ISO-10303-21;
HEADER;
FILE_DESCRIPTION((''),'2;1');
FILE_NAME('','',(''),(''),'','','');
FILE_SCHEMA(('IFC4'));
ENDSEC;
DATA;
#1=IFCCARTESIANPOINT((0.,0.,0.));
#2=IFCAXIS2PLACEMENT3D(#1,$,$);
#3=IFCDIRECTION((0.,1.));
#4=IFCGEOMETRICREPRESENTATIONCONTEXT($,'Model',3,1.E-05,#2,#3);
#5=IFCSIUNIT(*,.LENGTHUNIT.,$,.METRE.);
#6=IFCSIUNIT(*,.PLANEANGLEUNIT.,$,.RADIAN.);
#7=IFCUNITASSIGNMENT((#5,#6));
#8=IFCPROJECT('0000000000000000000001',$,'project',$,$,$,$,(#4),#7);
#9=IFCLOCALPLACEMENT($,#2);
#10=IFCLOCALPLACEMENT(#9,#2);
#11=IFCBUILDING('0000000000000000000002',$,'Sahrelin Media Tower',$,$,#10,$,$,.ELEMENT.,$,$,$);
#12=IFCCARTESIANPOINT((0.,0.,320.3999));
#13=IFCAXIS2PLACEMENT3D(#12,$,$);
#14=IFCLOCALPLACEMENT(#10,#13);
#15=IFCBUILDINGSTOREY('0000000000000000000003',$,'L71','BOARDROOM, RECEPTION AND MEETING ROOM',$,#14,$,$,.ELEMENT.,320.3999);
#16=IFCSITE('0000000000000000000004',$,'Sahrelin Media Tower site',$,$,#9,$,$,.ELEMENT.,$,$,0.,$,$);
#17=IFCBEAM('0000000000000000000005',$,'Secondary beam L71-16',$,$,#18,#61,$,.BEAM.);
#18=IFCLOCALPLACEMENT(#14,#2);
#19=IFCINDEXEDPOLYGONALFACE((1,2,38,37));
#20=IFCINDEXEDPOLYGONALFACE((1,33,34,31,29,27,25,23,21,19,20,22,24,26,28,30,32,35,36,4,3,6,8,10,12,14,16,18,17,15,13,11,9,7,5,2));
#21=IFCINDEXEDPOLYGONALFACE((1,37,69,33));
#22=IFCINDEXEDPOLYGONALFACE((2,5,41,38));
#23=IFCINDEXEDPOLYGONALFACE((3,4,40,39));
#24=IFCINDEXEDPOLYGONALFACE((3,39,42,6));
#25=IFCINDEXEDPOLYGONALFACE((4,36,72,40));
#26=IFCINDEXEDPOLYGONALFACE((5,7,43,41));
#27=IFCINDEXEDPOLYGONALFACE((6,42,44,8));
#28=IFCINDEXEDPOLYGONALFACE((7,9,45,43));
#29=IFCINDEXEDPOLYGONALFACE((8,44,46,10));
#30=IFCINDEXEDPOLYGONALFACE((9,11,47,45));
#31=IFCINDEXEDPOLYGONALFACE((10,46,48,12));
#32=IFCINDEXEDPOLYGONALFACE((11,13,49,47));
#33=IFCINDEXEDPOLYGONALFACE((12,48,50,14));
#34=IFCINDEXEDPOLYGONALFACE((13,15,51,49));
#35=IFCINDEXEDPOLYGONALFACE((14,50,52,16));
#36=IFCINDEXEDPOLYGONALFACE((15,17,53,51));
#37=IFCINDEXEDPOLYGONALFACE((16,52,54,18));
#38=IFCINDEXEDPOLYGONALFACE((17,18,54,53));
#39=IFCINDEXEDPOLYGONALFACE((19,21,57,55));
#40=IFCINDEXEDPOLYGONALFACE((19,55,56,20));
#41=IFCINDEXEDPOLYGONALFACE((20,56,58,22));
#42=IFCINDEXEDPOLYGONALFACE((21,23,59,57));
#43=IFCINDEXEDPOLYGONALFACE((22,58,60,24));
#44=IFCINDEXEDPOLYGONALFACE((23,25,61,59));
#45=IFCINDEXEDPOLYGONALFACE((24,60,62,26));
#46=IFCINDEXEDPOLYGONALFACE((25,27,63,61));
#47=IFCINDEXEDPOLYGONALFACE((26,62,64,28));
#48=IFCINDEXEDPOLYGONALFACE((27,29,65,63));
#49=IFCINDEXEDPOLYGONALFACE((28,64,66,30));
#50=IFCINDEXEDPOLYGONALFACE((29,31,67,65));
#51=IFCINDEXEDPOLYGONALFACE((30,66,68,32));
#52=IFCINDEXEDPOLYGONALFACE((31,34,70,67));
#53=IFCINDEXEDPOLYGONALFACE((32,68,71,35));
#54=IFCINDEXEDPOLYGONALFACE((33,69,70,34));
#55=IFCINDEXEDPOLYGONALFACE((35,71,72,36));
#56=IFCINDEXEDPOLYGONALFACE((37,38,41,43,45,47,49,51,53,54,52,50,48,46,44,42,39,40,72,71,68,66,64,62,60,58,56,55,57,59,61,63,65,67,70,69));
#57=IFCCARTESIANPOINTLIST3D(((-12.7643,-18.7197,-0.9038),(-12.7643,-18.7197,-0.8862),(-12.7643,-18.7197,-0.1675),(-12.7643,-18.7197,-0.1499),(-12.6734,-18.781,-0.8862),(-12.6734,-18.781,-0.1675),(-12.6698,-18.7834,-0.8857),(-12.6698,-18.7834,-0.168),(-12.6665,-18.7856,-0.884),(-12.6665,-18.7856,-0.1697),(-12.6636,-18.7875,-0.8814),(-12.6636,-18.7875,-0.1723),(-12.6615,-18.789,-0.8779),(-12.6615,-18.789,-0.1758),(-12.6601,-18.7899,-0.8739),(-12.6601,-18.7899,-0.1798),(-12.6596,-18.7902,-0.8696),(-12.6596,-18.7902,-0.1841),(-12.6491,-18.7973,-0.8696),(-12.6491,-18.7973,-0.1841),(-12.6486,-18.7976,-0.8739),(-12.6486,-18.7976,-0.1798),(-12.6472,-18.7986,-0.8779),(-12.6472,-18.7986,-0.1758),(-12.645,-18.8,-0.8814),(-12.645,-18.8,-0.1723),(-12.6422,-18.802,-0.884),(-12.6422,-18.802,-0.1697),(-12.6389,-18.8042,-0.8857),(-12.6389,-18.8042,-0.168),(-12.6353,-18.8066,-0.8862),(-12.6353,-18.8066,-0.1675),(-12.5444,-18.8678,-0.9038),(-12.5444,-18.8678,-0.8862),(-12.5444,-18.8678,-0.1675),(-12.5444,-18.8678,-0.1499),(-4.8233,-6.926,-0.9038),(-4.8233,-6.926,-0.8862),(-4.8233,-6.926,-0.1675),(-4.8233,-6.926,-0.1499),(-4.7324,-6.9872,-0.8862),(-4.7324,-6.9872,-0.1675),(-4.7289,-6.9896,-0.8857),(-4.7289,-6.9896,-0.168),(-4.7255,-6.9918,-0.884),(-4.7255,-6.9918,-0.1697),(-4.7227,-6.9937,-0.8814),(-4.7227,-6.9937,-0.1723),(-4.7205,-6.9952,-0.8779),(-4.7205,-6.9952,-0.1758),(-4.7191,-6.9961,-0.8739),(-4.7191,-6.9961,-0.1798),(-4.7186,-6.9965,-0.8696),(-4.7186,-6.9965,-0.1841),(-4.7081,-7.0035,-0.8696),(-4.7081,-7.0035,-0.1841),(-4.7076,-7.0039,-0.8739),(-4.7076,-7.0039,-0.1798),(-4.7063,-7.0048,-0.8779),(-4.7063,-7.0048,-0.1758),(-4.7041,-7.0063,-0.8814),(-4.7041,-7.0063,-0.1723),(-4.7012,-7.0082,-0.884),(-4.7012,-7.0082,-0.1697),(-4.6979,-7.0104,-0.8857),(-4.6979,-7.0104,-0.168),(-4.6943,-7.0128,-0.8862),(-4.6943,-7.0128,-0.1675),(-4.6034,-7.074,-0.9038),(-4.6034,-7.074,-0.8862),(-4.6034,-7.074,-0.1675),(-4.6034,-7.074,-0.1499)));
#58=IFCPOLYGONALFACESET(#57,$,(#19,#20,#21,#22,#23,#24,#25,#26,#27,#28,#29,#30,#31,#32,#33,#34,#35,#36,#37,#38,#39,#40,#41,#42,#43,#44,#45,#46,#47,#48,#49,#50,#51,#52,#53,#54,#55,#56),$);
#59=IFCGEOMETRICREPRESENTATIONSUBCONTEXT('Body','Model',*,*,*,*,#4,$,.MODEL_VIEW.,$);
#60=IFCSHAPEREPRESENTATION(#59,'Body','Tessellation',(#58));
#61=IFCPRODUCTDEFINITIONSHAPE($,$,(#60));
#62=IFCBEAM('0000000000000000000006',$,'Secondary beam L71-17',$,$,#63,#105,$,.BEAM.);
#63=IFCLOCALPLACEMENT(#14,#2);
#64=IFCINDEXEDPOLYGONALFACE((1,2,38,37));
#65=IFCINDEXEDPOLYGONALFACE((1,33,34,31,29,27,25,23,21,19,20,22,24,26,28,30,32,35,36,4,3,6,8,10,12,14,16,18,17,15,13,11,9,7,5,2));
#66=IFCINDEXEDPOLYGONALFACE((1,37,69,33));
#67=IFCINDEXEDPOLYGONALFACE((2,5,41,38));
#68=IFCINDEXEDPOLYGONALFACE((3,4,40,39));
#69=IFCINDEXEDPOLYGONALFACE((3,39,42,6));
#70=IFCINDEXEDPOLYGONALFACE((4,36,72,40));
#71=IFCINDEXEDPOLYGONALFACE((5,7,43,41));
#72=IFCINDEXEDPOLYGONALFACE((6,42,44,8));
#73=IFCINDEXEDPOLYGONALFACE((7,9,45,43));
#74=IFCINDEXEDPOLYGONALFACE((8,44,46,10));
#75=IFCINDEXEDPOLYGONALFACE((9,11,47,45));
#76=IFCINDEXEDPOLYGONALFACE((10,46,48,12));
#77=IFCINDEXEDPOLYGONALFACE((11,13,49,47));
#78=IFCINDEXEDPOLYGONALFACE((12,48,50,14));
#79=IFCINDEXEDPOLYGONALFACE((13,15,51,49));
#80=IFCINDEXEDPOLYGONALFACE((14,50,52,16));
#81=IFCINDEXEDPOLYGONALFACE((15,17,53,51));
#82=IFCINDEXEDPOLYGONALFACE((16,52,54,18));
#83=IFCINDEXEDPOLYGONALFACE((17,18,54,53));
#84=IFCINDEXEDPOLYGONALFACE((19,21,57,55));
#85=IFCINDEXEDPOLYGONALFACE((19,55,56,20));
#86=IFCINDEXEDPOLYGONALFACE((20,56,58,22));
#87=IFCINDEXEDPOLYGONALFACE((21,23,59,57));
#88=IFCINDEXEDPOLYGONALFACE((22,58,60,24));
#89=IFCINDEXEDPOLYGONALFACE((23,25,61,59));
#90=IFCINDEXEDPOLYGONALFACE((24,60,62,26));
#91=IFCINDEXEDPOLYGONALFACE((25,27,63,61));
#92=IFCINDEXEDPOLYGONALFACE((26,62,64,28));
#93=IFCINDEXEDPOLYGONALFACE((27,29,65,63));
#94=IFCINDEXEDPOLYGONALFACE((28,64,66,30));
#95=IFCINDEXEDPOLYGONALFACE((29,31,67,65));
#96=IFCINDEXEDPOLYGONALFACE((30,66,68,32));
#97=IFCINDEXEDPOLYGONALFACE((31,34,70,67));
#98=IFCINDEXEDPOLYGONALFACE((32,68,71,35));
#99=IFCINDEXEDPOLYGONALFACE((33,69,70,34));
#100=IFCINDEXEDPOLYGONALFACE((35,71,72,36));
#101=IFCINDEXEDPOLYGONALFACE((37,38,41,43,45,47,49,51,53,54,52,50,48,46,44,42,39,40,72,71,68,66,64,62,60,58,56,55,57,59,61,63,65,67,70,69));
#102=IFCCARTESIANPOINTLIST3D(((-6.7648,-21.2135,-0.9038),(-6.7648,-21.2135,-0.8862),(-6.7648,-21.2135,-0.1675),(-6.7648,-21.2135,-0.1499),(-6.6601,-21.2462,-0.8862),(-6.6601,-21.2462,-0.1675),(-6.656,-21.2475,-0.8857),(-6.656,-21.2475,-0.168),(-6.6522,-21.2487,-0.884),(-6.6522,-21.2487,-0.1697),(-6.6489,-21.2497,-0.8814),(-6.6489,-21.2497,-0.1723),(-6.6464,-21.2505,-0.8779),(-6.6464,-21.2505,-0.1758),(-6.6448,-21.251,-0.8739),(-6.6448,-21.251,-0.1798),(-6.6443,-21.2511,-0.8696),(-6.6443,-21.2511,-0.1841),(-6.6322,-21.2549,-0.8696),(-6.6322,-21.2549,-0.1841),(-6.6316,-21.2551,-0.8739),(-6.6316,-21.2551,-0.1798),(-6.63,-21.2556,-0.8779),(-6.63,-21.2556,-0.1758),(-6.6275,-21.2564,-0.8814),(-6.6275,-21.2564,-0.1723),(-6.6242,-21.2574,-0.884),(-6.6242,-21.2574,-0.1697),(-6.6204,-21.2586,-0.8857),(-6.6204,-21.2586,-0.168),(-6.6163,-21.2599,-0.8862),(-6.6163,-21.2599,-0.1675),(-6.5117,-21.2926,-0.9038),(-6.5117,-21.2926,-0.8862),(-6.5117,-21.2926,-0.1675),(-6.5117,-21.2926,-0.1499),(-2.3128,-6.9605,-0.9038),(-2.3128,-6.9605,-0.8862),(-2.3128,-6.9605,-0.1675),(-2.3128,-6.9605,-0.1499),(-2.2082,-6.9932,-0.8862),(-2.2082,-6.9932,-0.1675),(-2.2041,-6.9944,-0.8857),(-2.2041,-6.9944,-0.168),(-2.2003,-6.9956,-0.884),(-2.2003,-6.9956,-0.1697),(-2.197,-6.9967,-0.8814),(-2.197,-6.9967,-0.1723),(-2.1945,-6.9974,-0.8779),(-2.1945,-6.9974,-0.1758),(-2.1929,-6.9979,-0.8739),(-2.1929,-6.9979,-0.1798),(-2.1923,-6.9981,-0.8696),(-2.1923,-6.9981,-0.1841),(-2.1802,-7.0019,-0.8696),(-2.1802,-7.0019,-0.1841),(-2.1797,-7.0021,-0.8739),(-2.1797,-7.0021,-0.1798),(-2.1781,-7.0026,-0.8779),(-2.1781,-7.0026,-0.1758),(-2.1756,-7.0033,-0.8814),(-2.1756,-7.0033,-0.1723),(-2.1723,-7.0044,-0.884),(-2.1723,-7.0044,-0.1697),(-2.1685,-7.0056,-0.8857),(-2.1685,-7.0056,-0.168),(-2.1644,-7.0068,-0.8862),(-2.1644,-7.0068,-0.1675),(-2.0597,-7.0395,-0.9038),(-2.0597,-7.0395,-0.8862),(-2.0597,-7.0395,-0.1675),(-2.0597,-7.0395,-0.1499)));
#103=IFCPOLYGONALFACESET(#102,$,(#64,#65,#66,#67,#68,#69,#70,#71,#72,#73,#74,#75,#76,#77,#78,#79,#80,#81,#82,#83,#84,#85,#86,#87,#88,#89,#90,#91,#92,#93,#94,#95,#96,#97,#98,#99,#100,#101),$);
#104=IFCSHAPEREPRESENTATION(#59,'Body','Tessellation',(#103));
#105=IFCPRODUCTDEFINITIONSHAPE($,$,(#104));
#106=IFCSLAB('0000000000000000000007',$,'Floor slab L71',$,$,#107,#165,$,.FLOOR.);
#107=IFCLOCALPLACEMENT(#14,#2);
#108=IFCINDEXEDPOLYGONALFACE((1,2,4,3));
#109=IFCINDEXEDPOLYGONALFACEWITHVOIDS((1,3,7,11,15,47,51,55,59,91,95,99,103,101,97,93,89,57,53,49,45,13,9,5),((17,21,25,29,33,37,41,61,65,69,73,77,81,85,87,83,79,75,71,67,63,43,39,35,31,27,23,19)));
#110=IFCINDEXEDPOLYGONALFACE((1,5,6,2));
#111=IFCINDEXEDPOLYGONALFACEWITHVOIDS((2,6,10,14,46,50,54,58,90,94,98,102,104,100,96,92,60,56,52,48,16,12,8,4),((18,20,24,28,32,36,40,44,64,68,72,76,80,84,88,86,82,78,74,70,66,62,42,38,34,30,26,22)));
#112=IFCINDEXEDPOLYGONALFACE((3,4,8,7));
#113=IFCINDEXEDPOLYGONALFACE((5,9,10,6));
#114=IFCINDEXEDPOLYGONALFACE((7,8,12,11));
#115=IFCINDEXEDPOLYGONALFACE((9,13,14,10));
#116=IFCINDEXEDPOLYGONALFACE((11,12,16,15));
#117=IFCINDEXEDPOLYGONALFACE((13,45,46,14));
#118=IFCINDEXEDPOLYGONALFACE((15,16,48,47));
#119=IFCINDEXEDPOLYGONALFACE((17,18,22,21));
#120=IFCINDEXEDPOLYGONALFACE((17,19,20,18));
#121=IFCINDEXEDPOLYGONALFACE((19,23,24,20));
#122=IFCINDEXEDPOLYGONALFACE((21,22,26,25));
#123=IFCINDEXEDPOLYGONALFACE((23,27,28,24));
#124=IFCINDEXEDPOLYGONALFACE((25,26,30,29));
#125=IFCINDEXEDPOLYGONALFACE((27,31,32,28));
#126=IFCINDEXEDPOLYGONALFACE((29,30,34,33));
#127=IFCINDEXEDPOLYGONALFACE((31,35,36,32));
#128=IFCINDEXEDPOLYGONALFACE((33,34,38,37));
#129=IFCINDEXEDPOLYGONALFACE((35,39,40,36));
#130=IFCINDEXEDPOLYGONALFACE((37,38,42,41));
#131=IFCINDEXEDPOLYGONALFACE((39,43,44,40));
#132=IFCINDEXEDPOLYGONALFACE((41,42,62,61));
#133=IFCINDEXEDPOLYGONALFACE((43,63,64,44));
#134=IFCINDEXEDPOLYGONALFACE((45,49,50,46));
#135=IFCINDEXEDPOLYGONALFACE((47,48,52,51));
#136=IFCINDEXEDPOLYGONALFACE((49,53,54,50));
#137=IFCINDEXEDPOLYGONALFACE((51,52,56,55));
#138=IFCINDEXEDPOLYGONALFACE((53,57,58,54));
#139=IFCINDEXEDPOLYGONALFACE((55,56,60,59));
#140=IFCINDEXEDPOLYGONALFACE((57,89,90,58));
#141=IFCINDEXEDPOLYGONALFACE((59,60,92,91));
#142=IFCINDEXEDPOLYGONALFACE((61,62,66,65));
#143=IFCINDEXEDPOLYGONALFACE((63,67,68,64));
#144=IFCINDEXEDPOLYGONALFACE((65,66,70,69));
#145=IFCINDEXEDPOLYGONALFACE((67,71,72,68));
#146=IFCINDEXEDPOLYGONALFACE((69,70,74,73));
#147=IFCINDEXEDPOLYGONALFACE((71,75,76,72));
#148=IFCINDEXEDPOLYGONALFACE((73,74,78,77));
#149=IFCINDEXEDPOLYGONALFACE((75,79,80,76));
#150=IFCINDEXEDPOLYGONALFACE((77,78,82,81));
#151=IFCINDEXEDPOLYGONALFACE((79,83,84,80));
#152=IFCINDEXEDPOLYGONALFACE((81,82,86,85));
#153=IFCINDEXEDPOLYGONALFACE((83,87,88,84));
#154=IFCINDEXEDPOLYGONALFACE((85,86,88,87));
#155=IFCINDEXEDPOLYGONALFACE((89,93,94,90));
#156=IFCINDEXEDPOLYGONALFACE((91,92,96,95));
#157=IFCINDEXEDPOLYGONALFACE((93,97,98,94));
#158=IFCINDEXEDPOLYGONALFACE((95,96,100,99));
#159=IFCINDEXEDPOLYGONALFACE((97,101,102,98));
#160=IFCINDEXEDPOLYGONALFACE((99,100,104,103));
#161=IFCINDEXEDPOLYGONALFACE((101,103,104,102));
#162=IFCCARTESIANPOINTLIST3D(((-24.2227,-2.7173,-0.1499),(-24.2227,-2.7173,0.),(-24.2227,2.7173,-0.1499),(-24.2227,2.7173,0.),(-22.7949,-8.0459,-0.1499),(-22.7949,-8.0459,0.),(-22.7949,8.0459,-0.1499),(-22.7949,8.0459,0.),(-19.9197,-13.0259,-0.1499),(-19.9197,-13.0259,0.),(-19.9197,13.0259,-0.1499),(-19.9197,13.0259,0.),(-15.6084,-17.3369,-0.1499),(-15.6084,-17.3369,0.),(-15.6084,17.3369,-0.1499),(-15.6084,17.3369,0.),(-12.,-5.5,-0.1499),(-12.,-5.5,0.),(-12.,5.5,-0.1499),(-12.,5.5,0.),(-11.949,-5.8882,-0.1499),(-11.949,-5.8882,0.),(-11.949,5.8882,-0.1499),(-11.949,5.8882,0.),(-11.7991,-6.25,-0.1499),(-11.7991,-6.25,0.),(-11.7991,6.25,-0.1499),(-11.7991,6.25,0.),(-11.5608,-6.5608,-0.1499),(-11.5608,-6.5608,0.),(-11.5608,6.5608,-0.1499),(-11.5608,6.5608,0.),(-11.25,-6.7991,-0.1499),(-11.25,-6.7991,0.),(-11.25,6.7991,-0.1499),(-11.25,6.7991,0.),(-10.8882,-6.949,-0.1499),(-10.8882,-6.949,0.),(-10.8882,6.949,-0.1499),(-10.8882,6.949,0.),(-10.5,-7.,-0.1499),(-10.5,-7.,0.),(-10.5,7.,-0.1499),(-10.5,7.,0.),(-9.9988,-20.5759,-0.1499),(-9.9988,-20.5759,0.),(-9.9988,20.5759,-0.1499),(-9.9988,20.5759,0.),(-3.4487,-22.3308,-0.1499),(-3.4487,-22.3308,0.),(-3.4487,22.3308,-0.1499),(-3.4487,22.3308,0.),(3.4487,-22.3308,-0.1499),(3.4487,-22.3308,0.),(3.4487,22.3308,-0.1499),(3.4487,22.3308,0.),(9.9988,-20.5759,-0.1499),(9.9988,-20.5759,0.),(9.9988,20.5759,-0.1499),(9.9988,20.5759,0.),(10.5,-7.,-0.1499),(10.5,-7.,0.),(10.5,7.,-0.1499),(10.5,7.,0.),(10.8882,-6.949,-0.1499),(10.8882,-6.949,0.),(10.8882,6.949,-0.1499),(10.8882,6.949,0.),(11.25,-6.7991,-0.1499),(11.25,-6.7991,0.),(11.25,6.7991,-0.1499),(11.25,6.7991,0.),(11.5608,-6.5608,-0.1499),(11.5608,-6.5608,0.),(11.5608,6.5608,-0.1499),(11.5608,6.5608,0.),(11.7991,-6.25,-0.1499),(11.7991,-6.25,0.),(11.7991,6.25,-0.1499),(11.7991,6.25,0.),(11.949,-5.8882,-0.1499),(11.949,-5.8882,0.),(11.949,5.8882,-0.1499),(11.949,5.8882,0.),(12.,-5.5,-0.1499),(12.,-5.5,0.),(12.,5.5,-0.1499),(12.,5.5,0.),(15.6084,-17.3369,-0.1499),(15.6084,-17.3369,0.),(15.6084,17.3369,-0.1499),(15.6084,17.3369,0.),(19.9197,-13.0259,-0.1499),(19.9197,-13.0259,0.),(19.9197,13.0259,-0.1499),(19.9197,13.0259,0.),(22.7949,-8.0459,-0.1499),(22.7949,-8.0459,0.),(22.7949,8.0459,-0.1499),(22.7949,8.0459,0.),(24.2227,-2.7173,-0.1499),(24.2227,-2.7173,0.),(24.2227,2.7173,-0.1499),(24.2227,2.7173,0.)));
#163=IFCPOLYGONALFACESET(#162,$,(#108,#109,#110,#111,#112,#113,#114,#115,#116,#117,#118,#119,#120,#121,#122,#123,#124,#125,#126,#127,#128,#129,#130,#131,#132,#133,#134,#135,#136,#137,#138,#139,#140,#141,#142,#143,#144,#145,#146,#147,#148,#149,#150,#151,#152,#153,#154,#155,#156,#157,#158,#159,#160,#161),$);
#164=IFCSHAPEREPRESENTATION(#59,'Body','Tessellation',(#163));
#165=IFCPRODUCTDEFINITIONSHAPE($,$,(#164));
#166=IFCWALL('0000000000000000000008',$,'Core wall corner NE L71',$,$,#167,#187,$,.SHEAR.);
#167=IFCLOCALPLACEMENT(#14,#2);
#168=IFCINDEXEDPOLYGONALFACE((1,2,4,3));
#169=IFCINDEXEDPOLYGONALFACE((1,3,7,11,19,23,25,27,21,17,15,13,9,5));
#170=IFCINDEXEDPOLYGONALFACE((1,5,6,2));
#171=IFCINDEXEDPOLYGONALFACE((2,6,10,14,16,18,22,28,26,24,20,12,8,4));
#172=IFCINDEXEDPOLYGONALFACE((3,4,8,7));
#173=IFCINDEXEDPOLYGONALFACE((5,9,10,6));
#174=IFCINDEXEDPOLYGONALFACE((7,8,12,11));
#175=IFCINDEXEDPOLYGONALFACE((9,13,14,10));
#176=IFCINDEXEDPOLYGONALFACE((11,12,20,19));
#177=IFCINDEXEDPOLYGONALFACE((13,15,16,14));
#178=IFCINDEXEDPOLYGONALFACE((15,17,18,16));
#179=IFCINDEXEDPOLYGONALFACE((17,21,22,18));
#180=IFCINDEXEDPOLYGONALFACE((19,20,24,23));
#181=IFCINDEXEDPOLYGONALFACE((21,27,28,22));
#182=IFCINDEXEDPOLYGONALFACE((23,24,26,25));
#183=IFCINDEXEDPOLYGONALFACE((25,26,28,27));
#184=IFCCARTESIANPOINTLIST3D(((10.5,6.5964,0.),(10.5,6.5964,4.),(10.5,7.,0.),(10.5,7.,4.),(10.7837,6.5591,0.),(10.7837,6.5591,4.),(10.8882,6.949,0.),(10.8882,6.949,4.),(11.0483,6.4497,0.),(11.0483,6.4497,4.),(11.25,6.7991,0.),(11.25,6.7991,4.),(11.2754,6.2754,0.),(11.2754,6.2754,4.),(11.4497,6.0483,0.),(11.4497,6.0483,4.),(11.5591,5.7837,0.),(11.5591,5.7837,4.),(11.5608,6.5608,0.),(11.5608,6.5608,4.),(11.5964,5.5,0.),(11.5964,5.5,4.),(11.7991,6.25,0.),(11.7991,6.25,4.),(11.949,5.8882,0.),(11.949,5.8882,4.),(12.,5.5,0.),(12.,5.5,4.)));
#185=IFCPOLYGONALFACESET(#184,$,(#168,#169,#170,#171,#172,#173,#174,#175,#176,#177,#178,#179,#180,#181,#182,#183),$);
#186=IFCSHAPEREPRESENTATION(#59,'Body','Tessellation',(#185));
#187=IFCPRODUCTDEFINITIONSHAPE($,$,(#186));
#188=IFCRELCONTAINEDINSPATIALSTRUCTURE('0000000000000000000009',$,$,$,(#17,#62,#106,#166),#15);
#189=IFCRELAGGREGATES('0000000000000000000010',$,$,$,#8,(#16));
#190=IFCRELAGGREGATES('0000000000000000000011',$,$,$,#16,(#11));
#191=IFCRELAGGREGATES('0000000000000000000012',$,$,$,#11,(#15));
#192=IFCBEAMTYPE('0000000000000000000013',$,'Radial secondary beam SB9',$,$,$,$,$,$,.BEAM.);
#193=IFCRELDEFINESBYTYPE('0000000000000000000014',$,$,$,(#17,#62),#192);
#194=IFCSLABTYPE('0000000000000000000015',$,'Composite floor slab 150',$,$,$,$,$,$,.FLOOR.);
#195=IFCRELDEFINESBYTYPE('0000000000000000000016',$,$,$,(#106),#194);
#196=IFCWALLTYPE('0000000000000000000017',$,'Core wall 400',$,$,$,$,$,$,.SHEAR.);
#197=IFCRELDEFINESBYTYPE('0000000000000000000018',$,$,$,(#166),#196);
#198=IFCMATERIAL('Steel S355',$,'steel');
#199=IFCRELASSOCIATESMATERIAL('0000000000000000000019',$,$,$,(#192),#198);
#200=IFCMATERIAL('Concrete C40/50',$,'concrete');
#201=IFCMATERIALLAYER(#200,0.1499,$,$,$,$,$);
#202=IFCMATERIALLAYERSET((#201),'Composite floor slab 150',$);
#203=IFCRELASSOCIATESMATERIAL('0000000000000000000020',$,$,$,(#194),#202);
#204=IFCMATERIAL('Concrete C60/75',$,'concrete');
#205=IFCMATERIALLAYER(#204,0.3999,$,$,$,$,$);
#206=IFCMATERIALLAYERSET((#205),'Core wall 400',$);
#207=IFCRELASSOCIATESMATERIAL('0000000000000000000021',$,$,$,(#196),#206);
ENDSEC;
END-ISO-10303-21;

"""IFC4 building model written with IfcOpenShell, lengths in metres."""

from ifc_helpers import new_model, si_unit, direction, frame, origin, origin_2d, place, context, subcontext, project, spatial, polyline, i_section, outline, extrude, material, layer, layer_set, material_profile, profile_set, type_object, element, save


model = new_model("IFC4")

# Units and contexts
model_context = context("Model", 3, precision=1e-05, world=origin(), true_north=direction((0.0, 1.0)))
body_context = subcontext(model_context, "Body", "Model", "MODEL_VIEW")
ifc_project = project(units=[si_unit("LENGTHUNIT", "METRE"), si_unit("PLANEANGLEUNIT", "RADIAN")], contexts=[model_context])

# Site, building, storey
site_placement = place(None, origin())
site = spatial("IfcSite", under=ifc_project, at=site_placement, Name="Sahrelin Media Tower site", CompositionType="ELEMENT", RefElevation=0.0)
building_placement = place(site_placement, origin())
building = spatial("IfcBuilding", under=site, at=building_placement, Name="Sahrelin Media Tower", CompositionType="ELEMENT")
storey_placement = place(building_placement, frame((0.0, 0.0, 320.3999)))
storey = spatial("IfcBuildingStorey", under=building, at=storey_placement, Name="L71", Description="BOARDROOM, RECEPTION AND MEETING ROOM", CompositionType="ELEMENT", Elevation=320.3999)

# Beams
ifc_material_1 = material(Name="Steel S355", Category="steel")
ifc_material_profile_1 = material_profile(ifc_material_1, i_section(OverallWidth=0.2651, OverallDepth=0.7539, WebThickness=0.0127, FlangeThickness=0.0176, FilletRadius=0.0166, at=origin_2d()), Name="UB 762x267x147")
ifc_profile_set_1 = profile_set([ifc_material_profile_1], Name="Steel S355")
beam_type_1 = type_object("IfcBeamType", Name="Radial secondary beam SB9", PredefinedType="BEAM", material=ifc_profile_set_1)
beam_1_placement = place(storey_placement, frame((-4.7134, -7.0, -0.5269), z_axis=(-0.558514, -0.829495, 0.0), x_axis=(0.829495, -0.558514, 0.0)))
element("IfcBeam", 1, at=beam_1_placement, inside=storey, type_object=beam_type_1, Name="Secondary beam L71-16", PredefinedType="BEAM", context=body_context, shape_type="SweptSolid", body=[
    extrude(i_section(OverallWidth=0.2651, OverallDepth=0.7539, WebThickness=0.0127, FlangeThickness=0.0176, FilletRadius=0.0166, at=origin_2d()), origin(), (0.0, 0.0, 1.0), 14.218),
])
beam_2_placement = place(storey_placement, frame((-2.1863, -7.0, -0.5269), z_axis=(-0.298145, -0.954521, 0.0), x_axis=(0.954521, -0.298145, 0.0)))
element("IfcBeam", 2, at=beam_2_placement, inside=storey, type_object=beam_type_1, Name="Secondary beam L71-17", PredefinedType="BEAM", context=body_context, shape_type="SweptSolid", body=[
    extrude(i_section(OverallWidth=0.2651, OverallDepth=0.7539, WebThickness=0.0127, FlangeThickness=0.0176, FilletRadius=0.0166, at=origin_2d()), origin(), (0.0, 0.0, 1.0), 14.9321),
])

# Slab
ifc_material_2 = material(Name="Concrete C40/50", Category="concrete")
ifc_layer_1 = layer(ifc_material_2, 0.1499)
ifc_layer_set_1 = layer_set([ifc_layer_1], Name="Composite floor slab 150")
slab_type = type_object("IfcSlabType", Name="Composite floor slab 150", PredefinedType="FLOOR", material=ifc_layer_set_1)
slab_placement = place(storey_placement, frame((0.0, 0.0, -0.1499)))
element("IfcSlab", 3, at=slab_placement, inside=storey, type_object=slab_type, Name="Floor slab L71", PredefinedType="FLOOR", context=body_context, shape_type="SweptSolid", body=[
    extrude(outline(polyline([(24.2227, -2.7173), (24.2227, 2.7173), (22.7949, 8.0459), (19.9197, 13.0259), (15.6084, 17.3369), (9.9988, 20.5759), (3.4487, 22.3308), (-3.4487, 22.3308), (-9.9988, 20.5759), (-15.6084, 17.3369), (-19.9197, 13.0259), (-22.7949, 8.0459), (-24.2227, 2.7173), (-24.2227, -2.7173), (-22.7949, -8.0459), (-19.9197, -13.0259), (-15.6084, -17.3369), (-9.9988, -20.5759), (-3.4487, -22.3308), (3.4487, -22.3308), (9.9988, -20.5759), (15.6084, -17.3369), (19.9197, -13.0259), (22.7949, -8.0459), (24.2227, -2.7173)]), holes=[polyline([(11.949, 5.8882), (12.0, 5.5), (12.0, -5.5), (11.949, -5.8882), (11.7991, -6.25), (11.5608, -6.5608), (11.25, -6.7991), (10.8882, -6.949), (10.5, -7.0), (-10.5, -7.0), (-10.8882, -6.949), (-11.25, -6.7991), (-11.5608, -6.5608), (-11.7991, -6.25), (-11.949, -5.8882), (-12.0, -5.5), (-12.0, 5.5), (-11.949, 5.8882), (-11.7991, 6.25), (-11.5608, 6.5608), (-11.25, 6.7991), (-10.8882, 6.949), (-10.5, 7.0), (10.5, 7.0), (10.8882, 6.949), (11.25, 6.7991), (11.5608, 6.5608), (11.7991, 6.25), (11.949, 5.8882)])]), origin(), (0.0, 0.0, 1.0), 0.1499),
])

# Wall
ifc_material_3 = material(Name="Concrete C60/75", Category="concrete")
ifc_layer_2 = layer(ifc_material_3, 0.3999)
ifc_layer_set_2 = layer_set([ifc_layer_2], Name="Core wall 400")
wall_type_1 = type_object("IfcWallType", Name="Core wall 400", PredefinedType="SHEAR", material=ifc_layer_set_2)
wall_1_placement = place(storey_placement, origin())
element("IfcWall", 4, at=wall_1_placement, inside=storey, type_object=wall_type_1, Name="Core wall corner NE L71", PredefinedType="SHEAR", context=body_context, shape_type="SweptSolid", body=[
    extrude(outline(polyline([(10.5, 7.0), (10.5, 6.5964), (10.7837, 6.5591), (11.0483, 6.4497), (11.2754, 6.2754), (11.4497, 6.0483), (11.5591, 5.7837), (11.5964, 5.5), (12.0, 5.5), (11.949, 5.8882), (11.7991, 6.25), (11.5608, 6.5608), (11.25, 6.7991), (10.8882, 6.949), (10.5, 7.0)])), origin(), (0.0, 0.0, 1.0), 4.0),
])

save(model, "model.ifc")
